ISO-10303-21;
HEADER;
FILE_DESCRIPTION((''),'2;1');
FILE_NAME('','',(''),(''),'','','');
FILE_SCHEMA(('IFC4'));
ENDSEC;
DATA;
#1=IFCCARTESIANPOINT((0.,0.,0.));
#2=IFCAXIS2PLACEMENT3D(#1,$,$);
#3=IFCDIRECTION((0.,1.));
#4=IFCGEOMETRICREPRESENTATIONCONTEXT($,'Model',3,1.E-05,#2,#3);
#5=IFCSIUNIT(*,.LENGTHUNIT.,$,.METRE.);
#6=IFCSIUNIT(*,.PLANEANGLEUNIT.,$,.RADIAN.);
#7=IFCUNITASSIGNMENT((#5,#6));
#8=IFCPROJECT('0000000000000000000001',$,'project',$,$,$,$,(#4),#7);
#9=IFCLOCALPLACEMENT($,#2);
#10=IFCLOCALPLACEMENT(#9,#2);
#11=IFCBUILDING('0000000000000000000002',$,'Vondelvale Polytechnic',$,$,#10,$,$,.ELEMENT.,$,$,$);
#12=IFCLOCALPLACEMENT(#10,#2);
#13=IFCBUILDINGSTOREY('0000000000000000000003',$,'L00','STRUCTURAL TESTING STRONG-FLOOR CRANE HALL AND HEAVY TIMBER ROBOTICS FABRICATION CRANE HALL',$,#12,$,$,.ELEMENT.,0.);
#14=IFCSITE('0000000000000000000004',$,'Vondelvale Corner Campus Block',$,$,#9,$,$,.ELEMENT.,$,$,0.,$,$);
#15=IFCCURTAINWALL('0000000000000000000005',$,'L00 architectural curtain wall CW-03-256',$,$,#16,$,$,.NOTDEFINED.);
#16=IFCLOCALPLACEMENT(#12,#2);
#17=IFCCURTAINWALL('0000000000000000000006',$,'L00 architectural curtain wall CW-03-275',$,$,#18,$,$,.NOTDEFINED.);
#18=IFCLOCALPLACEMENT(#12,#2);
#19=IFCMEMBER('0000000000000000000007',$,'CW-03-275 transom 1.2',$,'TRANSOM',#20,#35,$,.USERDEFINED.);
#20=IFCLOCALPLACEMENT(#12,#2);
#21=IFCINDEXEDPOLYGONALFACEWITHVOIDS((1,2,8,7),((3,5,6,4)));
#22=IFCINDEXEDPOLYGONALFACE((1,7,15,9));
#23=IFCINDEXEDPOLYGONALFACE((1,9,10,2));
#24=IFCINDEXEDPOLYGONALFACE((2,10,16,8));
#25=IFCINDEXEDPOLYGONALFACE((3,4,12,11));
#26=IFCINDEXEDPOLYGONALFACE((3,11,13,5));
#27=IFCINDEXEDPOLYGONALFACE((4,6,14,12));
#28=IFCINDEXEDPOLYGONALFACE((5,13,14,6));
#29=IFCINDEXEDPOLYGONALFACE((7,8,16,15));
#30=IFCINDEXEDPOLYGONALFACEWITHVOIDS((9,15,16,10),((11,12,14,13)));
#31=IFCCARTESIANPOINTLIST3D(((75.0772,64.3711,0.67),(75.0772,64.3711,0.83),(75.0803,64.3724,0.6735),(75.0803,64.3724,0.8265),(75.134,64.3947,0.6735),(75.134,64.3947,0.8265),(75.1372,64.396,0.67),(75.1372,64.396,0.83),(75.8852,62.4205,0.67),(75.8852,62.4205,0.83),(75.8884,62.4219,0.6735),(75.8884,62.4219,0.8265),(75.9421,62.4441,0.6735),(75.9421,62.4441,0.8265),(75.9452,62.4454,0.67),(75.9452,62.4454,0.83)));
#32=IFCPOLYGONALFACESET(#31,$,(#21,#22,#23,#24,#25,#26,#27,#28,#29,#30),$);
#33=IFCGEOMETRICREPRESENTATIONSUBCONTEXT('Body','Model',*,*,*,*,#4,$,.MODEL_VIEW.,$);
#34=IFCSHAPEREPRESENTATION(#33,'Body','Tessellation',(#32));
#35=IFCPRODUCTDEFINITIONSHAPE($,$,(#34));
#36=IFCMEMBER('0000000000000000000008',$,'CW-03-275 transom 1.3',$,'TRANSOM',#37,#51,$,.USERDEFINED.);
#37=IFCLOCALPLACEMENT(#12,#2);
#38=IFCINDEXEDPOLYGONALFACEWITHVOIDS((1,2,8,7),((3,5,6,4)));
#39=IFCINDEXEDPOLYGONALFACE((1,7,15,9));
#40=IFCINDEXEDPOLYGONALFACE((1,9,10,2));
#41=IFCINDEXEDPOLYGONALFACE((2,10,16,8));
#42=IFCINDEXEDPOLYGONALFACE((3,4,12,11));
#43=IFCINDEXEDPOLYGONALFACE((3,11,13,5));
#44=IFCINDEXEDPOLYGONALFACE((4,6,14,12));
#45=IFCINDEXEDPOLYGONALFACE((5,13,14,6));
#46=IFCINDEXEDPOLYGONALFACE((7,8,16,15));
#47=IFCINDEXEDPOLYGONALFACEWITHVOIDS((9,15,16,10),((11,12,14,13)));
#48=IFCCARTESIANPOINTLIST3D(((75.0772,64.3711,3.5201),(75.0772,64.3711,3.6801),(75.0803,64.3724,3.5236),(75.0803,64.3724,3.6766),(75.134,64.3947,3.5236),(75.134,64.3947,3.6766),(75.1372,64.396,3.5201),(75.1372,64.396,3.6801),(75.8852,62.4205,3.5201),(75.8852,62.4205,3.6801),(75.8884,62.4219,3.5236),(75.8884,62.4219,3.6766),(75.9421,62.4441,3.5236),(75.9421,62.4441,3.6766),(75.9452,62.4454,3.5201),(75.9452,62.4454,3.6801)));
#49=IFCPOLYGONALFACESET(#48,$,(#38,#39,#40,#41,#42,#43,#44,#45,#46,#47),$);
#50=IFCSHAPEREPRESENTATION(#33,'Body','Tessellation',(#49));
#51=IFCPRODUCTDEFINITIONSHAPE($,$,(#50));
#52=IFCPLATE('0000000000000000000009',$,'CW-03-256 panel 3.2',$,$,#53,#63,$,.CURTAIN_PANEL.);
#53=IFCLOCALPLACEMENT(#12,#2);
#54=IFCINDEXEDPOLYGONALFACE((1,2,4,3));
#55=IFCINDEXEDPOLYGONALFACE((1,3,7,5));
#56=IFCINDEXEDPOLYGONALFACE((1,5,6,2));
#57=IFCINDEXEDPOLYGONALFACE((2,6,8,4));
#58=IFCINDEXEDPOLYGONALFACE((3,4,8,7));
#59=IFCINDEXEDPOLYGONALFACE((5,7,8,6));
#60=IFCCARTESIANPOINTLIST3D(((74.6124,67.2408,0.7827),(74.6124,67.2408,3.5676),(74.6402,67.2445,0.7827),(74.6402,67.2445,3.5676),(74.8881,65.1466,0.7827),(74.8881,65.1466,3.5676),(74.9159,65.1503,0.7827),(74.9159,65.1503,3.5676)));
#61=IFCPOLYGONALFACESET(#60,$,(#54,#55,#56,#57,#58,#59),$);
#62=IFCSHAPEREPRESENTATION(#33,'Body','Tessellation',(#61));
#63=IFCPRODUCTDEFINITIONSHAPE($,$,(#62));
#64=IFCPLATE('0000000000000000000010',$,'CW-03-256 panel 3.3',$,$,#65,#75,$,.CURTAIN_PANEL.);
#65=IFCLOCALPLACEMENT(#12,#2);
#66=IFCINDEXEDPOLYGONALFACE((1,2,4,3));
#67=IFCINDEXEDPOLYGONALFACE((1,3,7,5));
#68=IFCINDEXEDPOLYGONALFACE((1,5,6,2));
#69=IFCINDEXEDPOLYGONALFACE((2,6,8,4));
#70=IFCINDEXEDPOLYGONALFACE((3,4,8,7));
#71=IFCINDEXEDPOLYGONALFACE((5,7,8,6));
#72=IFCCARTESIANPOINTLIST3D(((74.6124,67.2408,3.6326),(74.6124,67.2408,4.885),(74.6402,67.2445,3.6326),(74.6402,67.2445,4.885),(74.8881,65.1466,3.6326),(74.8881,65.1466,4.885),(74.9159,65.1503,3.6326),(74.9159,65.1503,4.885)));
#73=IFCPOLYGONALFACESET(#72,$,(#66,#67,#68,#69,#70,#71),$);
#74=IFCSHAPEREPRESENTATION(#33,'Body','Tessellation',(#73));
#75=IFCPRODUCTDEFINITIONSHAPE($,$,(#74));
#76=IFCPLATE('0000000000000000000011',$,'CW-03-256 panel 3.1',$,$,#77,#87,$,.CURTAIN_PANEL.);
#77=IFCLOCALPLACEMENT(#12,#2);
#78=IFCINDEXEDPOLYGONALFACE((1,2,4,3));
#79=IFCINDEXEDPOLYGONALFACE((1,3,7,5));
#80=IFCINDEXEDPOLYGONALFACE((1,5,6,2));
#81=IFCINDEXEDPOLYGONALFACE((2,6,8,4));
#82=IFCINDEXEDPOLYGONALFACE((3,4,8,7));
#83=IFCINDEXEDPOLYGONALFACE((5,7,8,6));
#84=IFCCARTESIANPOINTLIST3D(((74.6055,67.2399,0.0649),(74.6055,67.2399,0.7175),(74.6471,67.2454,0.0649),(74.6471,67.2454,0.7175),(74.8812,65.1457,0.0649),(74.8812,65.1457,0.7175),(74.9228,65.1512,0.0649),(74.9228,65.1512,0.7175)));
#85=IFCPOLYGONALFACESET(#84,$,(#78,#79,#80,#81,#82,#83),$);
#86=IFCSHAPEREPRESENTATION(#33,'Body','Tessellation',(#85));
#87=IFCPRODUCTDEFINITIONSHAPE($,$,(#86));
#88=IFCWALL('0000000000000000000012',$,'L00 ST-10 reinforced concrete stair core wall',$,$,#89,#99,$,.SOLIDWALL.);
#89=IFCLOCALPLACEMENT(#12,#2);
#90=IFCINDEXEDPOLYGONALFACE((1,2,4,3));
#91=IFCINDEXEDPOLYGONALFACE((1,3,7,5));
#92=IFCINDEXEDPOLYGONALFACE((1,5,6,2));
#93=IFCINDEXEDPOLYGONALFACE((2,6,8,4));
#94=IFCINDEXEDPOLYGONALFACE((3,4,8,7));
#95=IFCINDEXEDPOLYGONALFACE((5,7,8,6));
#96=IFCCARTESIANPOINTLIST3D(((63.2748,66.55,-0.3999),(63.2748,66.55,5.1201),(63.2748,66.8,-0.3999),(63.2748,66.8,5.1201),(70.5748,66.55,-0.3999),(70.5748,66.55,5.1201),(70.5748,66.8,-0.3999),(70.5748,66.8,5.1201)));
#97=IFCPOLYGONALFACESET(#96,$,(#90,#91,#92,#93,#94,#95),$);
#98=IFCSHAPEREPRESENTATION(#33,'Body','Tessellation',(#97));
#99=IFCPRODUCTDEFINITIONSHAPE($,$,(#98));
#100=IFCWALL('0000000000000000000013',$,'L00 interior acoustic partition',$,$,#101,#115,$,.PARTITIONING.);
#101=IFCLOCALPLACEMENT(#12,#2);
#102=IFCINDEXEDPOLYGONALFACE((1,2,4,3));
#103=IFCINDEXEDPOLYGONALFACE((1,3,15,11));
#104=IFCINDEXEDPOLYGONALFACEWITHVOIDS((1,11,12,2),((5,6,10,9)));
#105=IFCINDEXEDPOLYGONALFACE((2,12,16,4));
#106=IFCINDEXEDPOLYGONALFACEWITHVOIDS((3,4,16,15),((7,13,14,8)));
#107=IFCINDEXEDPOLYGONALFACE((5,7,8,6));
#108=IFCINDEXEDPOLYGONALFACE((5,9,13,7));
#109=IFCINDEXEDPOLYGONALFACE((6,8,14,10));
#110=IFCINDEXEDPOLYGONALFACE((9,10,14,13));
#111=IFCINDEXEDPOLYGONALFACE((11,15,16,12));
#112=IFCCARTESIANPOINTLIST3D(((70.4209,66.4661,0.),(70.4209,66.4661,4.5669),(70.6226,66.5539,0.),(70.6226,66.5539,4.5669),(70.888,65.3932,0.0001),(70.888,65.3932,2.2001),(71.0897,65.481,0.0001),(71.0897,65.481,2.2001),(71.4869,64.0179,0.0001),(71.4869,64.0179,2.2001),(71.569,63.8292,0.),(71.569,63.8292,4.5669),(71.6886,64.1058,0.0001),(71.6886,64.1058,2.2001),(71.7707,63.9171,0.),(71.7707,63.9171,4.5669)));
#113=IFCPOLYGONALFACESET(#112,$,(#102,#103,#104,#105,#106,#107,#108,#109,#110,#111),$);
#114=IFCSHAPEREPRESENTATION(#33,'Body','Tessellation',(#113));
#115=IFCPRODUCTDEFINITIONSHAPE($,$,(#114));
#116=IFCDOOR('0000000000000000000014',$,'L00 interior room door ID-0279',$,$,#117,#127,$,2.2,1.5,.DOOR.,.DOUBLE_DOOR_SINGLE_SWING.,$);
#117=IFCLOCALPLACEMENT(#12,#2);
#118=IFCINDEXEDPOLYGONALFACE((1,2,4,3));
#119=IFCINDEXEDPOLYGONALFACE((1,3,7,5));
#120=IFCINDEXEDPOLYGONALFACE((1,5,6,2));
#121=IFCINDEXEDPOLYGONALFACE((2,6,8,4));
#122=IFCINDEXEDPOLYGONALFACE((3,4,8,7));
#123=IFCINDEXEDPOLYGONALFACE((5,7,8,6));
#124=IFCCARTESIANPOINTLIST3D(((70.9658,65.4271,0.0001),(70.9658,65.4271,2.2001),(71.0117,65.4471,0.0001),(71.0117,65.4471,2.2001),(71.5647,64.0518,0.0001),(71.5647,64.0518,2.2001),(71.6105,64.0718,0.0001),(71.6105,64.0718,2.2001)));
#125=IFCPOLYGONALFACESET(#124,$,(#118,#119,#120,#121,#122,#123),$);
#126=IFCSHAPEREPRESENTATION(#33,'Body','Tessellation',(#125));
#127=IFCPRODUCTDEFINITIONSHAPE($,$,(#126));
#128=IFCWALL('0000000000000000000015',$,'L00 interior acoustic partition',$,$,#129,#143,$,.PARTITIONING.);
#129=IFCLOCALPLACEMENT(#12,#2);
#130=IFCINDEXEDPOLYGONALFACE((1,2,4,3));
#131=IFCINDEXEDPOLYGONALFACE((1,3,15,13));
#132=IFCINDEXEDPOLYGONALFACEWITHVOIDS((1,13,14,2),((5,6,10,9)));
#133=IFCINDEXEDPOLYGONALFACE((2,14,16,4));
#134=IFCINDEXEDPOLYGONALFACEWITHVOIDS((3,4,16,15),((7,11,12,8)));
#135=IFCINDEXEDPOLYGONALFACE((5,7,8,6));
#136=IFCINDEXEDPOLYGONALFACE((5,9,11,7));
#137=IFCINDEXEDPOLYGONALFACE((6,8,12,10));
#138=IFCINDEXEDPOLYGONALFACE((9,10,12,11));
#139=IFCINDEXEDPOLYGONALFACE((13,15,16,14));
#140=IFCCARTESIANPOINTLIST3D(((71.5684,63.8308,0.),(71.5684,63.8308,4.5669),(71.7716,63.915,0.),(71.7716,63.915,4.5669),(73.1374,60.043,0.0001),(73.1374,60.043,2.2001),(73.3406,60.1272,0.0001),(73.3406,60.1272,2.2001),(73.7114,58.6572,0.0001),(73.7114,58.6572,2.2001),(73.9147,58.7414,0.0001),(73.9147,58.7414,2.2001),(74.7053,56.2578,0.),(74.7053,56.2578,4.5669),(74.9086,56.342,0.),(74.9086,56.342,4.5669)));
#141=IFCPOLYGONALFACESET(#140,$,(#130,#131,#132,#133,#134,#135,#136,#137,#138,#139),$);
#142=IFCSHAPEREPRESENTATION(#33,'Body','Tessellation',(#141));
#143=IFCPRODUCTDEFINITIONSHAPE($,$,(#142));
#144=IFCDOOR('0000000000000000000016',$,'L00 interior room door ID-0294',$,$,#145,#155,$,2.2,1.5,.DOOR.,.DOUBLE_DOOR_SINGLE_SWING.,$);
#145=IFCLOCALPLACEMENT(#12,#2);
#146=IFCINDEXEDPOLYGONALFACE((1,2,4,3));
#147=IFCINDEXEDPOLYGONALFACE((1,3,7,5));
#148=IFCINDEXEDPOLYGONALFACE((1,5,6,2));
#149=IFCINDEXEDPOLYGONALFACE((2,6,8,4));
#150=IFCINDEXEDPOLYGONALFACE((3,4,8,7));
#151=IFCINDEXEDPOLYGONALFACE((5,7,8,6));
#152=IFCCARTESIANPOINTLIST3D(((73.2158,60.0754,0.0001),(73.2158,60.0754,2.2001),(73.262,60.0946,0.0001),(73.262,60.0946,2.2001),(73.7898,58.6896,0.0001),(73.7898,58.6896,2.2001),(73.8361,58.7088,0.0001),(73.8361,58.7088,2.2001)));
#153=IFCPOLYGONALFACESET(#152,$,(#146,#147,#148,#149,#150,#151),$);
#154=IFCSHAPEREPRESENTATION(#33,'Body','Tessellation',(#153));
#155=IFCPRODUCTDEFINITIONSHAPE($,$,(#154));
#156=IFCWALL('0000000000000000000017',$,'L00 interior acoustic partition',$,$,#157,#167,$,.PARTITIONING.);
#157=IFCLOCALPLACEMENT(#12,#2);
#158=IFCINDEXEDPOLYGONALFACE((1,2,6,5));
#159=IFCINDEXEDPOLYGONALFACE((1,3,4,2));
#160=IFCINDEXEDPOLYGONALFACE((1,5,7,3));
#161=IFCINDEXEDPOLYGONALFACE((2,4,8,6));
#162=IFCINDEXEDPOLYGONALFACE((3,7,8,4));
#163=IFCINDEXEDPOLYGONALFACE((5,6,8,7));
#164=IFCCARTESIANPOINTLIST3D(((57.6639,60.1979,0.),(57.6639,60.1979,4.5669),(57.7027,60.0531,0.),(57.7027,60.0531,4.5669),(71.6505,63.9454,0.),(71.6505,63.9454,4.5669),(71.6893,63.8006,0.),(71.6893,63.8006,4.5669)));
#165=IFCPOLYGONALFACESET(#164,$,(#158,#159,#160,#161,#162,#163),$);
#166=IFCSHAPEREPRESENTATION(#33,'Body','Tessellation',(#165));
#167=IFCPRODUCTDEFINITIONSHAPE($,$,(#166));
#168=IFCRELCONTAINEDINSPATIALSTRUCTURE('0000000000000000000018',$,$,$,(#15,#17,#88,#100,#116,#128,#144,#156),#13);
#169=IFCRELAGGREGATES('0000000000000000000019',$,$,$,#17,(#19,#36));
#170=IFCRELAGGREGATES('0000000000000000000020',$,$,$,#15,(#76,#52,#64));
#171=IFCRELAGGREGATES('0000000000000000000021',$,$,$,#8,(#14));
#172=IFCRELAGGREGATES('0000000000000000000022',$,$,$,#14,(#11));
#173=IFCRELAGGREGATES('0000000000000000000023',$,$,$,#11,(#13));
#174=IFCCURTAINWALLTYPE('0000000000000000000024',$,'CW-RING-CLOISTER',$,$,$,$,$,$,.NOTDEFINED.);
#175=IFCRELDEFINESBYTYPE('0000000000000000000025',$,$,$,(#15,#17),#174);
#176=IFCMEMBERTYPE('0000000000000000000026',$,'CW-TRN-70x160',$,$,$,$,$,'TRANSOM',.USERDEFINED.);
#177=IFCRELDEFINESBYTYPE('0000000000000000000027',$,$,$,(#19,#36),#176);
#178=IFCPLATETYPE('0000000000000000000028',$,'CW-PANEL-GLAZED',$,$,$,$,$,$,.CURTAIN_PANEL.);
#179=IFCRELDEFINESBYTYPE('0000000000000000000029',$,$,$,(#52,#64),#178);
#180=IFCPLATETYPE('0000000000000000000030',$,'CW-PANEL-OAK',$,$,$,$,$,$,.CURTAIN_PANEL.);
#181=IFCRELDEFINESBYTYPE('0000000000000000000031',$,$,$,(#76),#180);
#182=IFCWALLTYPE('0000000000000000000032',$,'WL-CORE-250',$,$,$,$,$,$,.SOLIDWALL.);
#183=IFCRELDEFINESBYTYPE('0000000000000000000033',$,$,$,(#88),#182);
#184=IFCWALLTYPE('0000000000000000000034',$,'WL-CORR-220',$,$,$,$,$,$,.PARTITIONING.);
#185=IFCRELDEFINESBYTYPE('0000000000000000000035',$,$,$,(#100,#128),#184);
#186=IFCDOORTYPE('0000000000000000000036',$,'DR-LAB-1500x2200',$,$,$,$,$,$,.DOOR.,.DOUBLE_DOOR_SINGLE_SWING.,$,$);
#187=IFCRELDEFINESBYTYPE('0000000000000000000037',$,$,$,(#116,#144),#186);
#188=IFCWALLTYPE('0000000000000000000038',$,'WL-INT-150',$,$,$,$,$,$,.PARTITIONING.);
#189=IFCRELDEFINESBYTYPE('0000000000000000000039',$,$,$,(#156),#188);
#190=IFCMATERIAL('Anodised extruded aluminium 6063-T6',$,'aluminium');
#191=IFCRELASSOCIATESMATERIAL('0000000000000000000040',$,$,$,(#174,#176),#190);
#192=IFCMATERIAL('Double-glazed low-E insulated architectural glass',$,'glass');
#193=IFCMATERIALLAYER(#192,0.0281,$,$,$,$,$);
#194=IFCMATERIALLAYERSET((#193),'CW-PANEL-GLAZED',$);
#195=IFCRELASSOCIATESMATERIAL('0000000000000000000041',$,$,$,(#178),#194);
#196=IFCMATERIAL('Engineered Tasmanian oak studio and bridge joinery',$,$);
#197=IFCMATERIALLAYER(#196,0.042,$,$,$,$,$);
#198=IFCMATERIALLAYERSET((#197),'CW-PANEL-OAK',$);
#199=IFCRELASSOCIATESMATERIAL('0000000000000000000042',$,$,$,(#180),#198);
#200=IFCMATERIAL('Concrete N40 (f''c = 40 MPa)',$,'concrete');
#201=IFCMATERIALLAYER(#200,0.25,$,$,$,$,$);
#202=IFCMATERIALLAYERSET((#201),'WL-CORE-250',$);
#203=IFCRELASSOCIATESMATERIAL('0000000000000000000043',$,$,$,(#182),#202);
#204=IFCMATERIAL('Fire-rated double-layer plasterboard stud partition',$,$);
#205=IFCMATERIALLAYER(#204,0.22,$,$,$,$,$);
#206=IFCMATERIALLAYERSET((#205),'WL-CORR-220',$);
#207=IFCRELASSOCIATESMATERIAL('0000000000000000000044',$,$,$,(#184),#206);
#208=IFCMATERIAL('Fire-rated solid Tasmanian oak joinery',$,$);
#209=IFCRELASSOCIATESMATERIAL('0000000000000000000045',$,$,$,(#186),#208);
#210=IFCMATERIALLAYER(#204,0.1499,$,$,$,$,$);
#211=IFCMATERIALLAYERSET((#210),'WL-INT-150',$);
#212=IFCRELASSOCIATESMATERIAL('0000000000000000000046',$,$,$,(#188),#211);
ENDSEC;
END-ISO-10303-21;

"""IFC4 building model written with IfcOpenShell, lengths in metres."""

from ifc_helpers import new_model, si_unit, direction, frame, frame_2d, origin, origin_2d, place, context, subcontext, project, spatial, rectangle, hollow_rectangle, extrude, material, layer, layer_set, material_profile, profile_set, type_object, element, fill, aggregate, save


model = new_model("IFC4")

# Units and contexts
model_context = context("Model", 3, precision=1e-05, world=origin(), true_north=direction((0.0, 1.0)))
body_context = subcontext(model_context, "Body", "Model", "MODEL_VIEW")
ifc_project = project(units=[si_unit("LENGTHUNIT", "METRE"), si_unit("PLANEANGLEUNIT", "RADIAN")], contexts=[model_context])

# Site, building, storey
site_placement = place(None, origin())
site = spatial("IfcSite", under=ifc_project, at=site_placement, Name="Vondelvale Corner Campus Block", CompositionType="ELEMENT", RefElevation=0.0)
building_placement = place(site_placement, origin())
building = spatial("IfcBuilding", under=site, at=building_placement, Name="Vondelvale Polytechnic", CompositionType="ELEMENT")
storey_placement = place(building_placement, origin())
storey = spatial("IfcBuildingStorey", under=building, at=storey_placement, Name="L00", Description="STRUCTURAL TESTING STRONG-FLOOR CRANE HALL AND HEAVY TIMBER ROBOTICS FABRICATION CRANE HALL", CompositionType="ELEMENT", Elevation=0.0)

# Shared definitions
ifc_material_1 = material(Name="Concrete N40 (f'c = 40 MPa)", Category="concrete")

# Curtain wall
ifc_material_2 = material(Name="Anodised extruded aluminium 6063-T6", Category="aluminium")
curtain_wall_type = type_object("IfcCurtainWallType", Name="CW-RING-CLOISTER", PredefinedType="NOTDEFINED", material=ifc_material_2)
curtain_wall_1_placement = place(storey_placement, origin())
curtain_wall_1 = element("IfcCurtainWall", 1, at=curtain_wall_1_placement, inside=storey, type_object=curtain_wall_type, Name="L00 architectural curtain wall CW-03-256", PredefinedType="NOTDEFINED")

# Curtain wall, members
curtain_wall_2_placement = place(storey_placement, origin())
curtain_wall_2 = element("IfcCurtainWall", 2, at=curtain_wall_2_placement, inside=storey, type_object=curtain_wall_type, Name="L00 architectural curtain wall CW-03-275", PredefinedType="NOTDEFINED")
ifc_material_profile_1 = material_profile(ifc_material_2, hollow_rectangle(XDim=0.0649, YDim=0.1599, WallThickness=0.0034, at=origin_2d()), Name="CW-TRN-160x65")
ifc_profile_set_1 = profile_set([ifc_material_profile_1], Name="Anodised extruded aluminium 6063-T6")
member_type_1 = type_object("IfcMemberType", Name="CW-TRN-70x160", ElementType="TRANSOM", PredefinedType="USERDEFINED", material=ifc_profile_set_1)
member_1_placement = place(storey_placement, frame((75.1072, 64.3835, 0.75), z_axis=(0.382726, -0.923862, 0.0), x_axis=(0.923862, 0.382726, 0.0)))
member_1 = element("IfcMember", 3, at=member_1_placement, type_object=member_type_1, Name="CW-03-275 transom 1.2", ObjectType="TRANSOM", PredefinedType="USERDEFINED", context=body_context, shape_type="SweptSolid", body=[
    extrude(hollow_rectangle(XDim=0.0649, YDim=0.1599, WallThickness=0.0034, at=origin_2d()), origin(), (0.0, 0.0, 1.0), 2.1113),
])
member_2_placement = place(storey_placement, frame((75.1072, 64.3835, 3.6001), z_axis=(0.382726, -0.923862, 0.0), x_axis=(0.923862, 0.382726, 0.0)))
member_2 = element("IfcMember", 4, at=member_2_placement, type_object=member_type_1, Name="CW-03-275 transom 1.3", ObjectType="TRANSOM", PredefinedType="USERDEFINED", context=body_context, shape_type="SweptSolid", body=[
    extrude(hollow_rectangle(XDim=0.0649, YDim=0.1599, WallThickness=0.0034, at=origin_2d()), origin(), (0.0, 0.0, 1.0), 2.1113),
])
aggregate(curtain_wall_2, [member_1, member_2])

# Plates
ifc_material_3 = material(Name="Double-glazed low-E insulated architectural glass", Category="glass")
ifc_layer_1 = layer(ifc_material_3, 0.0281)
ifc_layer_set_1 = layer_set([ifc_layer_1], Name="CW-PANEL-GLAZED")
plate_type_1 = type_object("IfcPlateType", Name="CW-PANEL-GLAZED", PredefinedType="CURTAIN_PANEL", material=ifc_layer_set_1)
plate_1_placement = place(storey_placement, frame((74.7642, 66.1956, 0.7827), z_axis=(0.0, 0.0, 1.0), x_axis=(0.130528, -0.991445, 0.0)))
plate_1 = element("IfcPlate", 5, at=plate_1_placement, type_object=plate_type_1, Name="CW-03-256 panel 3.2", PredefinedType="CURTAIN_PANEL", context=body_context, shape_type="SweptSolid", body=[
    extrude(rectangle(XDim=2.1123, YDim=0.0281, at=origin_2d()), origin(), (0.0, 0.0, 1.0), 2.7849),
])
plate_2_placement = place(storey_placement, frame((74.7642, 66.1956, 3.6326), z_axis=(0.0, 0.0, 1.0), x_axis=(0.130528, -0.991445, 0.0)))
plate_2 = element("IfcPlate", 6, at=plate_2_placement, type_object=plate_type_1, Name="CW-03-256 panel 3.3", PredefinedType="CURTAIN_PANEL", context=body_context, shape_type="SweptSolid", body=[
    extrude(rectangle(XDim=2.1123, YDim=0.0281, at=origin_2d()), origin(), (0.0, 0.0, 1.0), 1.2524),
])
ifc_material_4 = material(Name="Engineered Tasmanian oak studio and bridge joinery")
ifc_layer_2 = layer(ifc_material_4, 0.042)
ifc_layer_set_2 = layer_set([ifc_layer_2], Name="CW-PANEL-OAK")
plate_type_2 = type_object("IfcPlateType", Name="CW-PANEL-OAK", PredefinedType="CURTAIN_PANEL", material=ifc_layer_set_2)
plate_3_placement = place(storey_placement, frame((74.7642, 66.1956, 0.0649), z_axis=(0.0, 0.0, 1.0), x_axis=(0.130528, -0.991445, 0.0)))
plate_3 = element("IfcPlate", 7, at=plate_3_placement, type_object=plate_type_2, Name="CW-03-256 panel 3.1", PredefinedType="CURTAIN_PANEL", context=body_context, shape_type="SweptSolid", body=[
    extrude(rectangle(XDim=2.1123, YDim=0.042, at=origin_2d()), origin(), (0.0, 0.0, 1.0), 0.6526),
])
aggregate(curtain_wall_1, [plate_3, plate_1, plate_2])

# Wall
ifc_layer_3 = layer(ifc_material_1, 0.25)
ifc_layer_set_3 = layer_set([ifc_layer_3], Name="WL-CORE-250")
wall_type_1 = type_object("IfcWallType", Name="WL-CORE-250", PredefinedType="SOLIDWALL", material=ifc_layer_set_3)
wall_1_placement = place(storey_placement, frame((63.2749, 66.675, -0.3999), z_axis=(0.0, 0.0, 1.0), x_axis=(1.0, 0.0, 0.0)))
element("IfcWall", 8, at=wall_1_placement, inside=storey, type_object=wall_type_1, Name="L00 ST-10 reinforced concrete stair core wall", PredefinedType="SOLIDWALL", context=body_context, shape_type="SweptSolid", body=[
    extrude(rectangle(XDim=7.3, YDim=0.25, at=frame_2d((3.6499, 0.0))), origin(), (0.0, 0.0, 1.0), 5.52),
])

# Walls, openings, doors
ifc_material_5 = material(Name="Fire-rated double-layer plasterboard stud partition")
ifc_layer_4 = layer(ifc_material_5, 0.22)
ifc_layer_set_4 = layer_set([ifc_layer_4], Name="WL-CORR-220")
wall_type_2 = type_object("IfcWallType", Name="WL-CORR-220", PredefinedType="PARTITIONING", material=ifc_layer_set_4)
wall_2_placement = place(storey_placement, frame((70.5217, 66.51, 0.0), z_axis=(0.0, 0.0, 1.0), x_axis=(0.39922, -0.916855, 0.0)))
wall_2 = element("IfcWall", 9, at=wall_2_placement, inside=storey, type_object=wall_type_2, Name="L00 interior acoustic partition", PredefinedType="PARTITIONING", context=body_context, shape_type="SweptSolid", body=[
    extrude(rectangle(XDim=2.876, YDim=0.22, at=frame_2d((1.438, 0.0))), origin(), (0.0, 0.0, 1.0), 4.5669),
])
opening_1_placement = place(wall_2_placement, frame((1.1702, 0.0, 0.0)))
opening_1 = element("IfcOpeningElement", 10, at=opening_1_placement, cuts=wall_2, PredefinedType="OPENING", context=body_context, shape_type="SweptSolid", body=[
    extrude(rectangle(XDim=1.5, YDim=2.2, at=frame_2d((0.75, 1.1001))), frame((0.0, 0.1199, 0.0), z_axis=(0.0, -1.0, 0.0), x_axis=(1.0, 0.0, 0.0)), (0.0, 0.0, 1.0), 0.24),
])
ifc_material_6 = material(Name="Fire-rated solid Tasmanian oak joinery")
door_type = type_object("IfcDoorType", Name="DR-LAB-1500x2200", OperationType="DOUBLE_DOOR_SINGLE_SWING", PredefinedType="DOOR", material=ifc_material_6)
door_1_placement = place(opening_1_placement, origin())
door_1 = element("IfcDoor", 11, at=door_1_placement, inside=storey, type_object=door_type, Name="L00 interior room door ID-0279", OperationType="DOUBLE_DOOR_SINGLE_SWING", OverallHeight=2.2, OverallWidth=1.5, PredefinedType="DOOR", context=body_context, shape_type="SweptSolid", body=[
    extrude(rectangle(XDim=1.5, YDim=2.2, at=frame_2d((0.75, 1.1001))), frame((0.0, 0.0249, 0.0), z_axis=(0.0, -1.0, 0.0), x_axis=(1.0, 0.0, 0.0)), (0.0, 0.0, 1.0), 0.05),
])
fill(opening_1, door_1)
wall_3_placement = place(storey_placement, frame((71.6699, 63.873, 0.0), z_axis=(0.0, 0.0, 1.0), x_axis=(0.382696, -0.923874, 0.0)))
wall_3 = element("IfcWall", 12, at=wall_3_placement, inside=storey, type_object=wall_type_2, Name="L00 interior acoustic partition", PredefinedType="PARTITIONING", context=body_context, shape_type="SweptSolid", body=[
    extrude(rectangle(XDim=8.197, YDim=0.22, at=frame_2d((4.0986, 0.0))), origin(), (0.0, 0.0, 1.0), 4.5669),
])
opening_2_placement = place(wall_3_placement, frame((4.1001, 0.0, 0.0)))
opening_2 = element("IfcOpeningElement", 13, at=opening_2_placement, cuts=wall_3, PredefinedType="OPENING", context=body_context, shape_type="SweptSolid", body=[
    extrude(rectangle(XDim=1.5, YDim=2.2, at=frame_2d((0.75, 1.1001))), frame((0.0, 0.1199, 0.0), z_axis=(0.0, -1.0, 0.0), x_axis=(1.0, 0.0, 0.0)), (0.0, 0.0, 1.0), 0.24),
])
door_2_placement = place(opening_2_placement, origin())
door_2 = element("IfcDoor", 14, at=door_2_placement, inside=storey, type_object=door_type, Name="L00 interior room door ID-0294", OperationType="DOUBLE_DOOR_SINGLE_SWING", OverallHeight=2.2, OverallWidth=1.5, PredefinedType="DOOR", context=body_context, shape_type="SweptSolid", body=[
    extrude(rectangle(XDim=1.5, YDim=2.2, at=frame_2d((0.75, 1.1001))), frame((0.0, 0.0249, 0.0), z_axis=(0.0, -1.0, 0.0), x_axis=(1.0, 0.0, 0.0)), (0.0, 0.0, 1.0), 0.05),
])
fill(opening_2, door_2)

# Wall
ifc_layer_5 = layer(ifc_material_5, 0.1499)
ifc_layer_set_5 = layer_set([ifc_layer_5], Name="WL-INT-150")
wall_type_3 = type_object("IfcWallType", Name="WL-INT-150", PredefinedType="PARTITIONING", material=ifc_layer_set_5)
wall_4_placement = place(storey_placement, frame((71.6699, 63.873, 0.0), z_axis=(0.0, 0.0, 1.0), x_axis=(-0.965928, -0.258811, 0.0)))
element("IfcWall", 15, at=wall_4_placement, inside=storey, type_object=wall_type_3, Name="L00 interior acoustic partition", PredefinedType="PARTITIONING", context=body_context, shape_type="SweptSolid", body=[
    extrude(rectangle(XDim=14.48, YDim=0.1499, at=frame_2d((7.24, 0.0))), origin(), (0.0, 0.0, 1.0), 4.5669),
])

save(model, "model.ifc")
